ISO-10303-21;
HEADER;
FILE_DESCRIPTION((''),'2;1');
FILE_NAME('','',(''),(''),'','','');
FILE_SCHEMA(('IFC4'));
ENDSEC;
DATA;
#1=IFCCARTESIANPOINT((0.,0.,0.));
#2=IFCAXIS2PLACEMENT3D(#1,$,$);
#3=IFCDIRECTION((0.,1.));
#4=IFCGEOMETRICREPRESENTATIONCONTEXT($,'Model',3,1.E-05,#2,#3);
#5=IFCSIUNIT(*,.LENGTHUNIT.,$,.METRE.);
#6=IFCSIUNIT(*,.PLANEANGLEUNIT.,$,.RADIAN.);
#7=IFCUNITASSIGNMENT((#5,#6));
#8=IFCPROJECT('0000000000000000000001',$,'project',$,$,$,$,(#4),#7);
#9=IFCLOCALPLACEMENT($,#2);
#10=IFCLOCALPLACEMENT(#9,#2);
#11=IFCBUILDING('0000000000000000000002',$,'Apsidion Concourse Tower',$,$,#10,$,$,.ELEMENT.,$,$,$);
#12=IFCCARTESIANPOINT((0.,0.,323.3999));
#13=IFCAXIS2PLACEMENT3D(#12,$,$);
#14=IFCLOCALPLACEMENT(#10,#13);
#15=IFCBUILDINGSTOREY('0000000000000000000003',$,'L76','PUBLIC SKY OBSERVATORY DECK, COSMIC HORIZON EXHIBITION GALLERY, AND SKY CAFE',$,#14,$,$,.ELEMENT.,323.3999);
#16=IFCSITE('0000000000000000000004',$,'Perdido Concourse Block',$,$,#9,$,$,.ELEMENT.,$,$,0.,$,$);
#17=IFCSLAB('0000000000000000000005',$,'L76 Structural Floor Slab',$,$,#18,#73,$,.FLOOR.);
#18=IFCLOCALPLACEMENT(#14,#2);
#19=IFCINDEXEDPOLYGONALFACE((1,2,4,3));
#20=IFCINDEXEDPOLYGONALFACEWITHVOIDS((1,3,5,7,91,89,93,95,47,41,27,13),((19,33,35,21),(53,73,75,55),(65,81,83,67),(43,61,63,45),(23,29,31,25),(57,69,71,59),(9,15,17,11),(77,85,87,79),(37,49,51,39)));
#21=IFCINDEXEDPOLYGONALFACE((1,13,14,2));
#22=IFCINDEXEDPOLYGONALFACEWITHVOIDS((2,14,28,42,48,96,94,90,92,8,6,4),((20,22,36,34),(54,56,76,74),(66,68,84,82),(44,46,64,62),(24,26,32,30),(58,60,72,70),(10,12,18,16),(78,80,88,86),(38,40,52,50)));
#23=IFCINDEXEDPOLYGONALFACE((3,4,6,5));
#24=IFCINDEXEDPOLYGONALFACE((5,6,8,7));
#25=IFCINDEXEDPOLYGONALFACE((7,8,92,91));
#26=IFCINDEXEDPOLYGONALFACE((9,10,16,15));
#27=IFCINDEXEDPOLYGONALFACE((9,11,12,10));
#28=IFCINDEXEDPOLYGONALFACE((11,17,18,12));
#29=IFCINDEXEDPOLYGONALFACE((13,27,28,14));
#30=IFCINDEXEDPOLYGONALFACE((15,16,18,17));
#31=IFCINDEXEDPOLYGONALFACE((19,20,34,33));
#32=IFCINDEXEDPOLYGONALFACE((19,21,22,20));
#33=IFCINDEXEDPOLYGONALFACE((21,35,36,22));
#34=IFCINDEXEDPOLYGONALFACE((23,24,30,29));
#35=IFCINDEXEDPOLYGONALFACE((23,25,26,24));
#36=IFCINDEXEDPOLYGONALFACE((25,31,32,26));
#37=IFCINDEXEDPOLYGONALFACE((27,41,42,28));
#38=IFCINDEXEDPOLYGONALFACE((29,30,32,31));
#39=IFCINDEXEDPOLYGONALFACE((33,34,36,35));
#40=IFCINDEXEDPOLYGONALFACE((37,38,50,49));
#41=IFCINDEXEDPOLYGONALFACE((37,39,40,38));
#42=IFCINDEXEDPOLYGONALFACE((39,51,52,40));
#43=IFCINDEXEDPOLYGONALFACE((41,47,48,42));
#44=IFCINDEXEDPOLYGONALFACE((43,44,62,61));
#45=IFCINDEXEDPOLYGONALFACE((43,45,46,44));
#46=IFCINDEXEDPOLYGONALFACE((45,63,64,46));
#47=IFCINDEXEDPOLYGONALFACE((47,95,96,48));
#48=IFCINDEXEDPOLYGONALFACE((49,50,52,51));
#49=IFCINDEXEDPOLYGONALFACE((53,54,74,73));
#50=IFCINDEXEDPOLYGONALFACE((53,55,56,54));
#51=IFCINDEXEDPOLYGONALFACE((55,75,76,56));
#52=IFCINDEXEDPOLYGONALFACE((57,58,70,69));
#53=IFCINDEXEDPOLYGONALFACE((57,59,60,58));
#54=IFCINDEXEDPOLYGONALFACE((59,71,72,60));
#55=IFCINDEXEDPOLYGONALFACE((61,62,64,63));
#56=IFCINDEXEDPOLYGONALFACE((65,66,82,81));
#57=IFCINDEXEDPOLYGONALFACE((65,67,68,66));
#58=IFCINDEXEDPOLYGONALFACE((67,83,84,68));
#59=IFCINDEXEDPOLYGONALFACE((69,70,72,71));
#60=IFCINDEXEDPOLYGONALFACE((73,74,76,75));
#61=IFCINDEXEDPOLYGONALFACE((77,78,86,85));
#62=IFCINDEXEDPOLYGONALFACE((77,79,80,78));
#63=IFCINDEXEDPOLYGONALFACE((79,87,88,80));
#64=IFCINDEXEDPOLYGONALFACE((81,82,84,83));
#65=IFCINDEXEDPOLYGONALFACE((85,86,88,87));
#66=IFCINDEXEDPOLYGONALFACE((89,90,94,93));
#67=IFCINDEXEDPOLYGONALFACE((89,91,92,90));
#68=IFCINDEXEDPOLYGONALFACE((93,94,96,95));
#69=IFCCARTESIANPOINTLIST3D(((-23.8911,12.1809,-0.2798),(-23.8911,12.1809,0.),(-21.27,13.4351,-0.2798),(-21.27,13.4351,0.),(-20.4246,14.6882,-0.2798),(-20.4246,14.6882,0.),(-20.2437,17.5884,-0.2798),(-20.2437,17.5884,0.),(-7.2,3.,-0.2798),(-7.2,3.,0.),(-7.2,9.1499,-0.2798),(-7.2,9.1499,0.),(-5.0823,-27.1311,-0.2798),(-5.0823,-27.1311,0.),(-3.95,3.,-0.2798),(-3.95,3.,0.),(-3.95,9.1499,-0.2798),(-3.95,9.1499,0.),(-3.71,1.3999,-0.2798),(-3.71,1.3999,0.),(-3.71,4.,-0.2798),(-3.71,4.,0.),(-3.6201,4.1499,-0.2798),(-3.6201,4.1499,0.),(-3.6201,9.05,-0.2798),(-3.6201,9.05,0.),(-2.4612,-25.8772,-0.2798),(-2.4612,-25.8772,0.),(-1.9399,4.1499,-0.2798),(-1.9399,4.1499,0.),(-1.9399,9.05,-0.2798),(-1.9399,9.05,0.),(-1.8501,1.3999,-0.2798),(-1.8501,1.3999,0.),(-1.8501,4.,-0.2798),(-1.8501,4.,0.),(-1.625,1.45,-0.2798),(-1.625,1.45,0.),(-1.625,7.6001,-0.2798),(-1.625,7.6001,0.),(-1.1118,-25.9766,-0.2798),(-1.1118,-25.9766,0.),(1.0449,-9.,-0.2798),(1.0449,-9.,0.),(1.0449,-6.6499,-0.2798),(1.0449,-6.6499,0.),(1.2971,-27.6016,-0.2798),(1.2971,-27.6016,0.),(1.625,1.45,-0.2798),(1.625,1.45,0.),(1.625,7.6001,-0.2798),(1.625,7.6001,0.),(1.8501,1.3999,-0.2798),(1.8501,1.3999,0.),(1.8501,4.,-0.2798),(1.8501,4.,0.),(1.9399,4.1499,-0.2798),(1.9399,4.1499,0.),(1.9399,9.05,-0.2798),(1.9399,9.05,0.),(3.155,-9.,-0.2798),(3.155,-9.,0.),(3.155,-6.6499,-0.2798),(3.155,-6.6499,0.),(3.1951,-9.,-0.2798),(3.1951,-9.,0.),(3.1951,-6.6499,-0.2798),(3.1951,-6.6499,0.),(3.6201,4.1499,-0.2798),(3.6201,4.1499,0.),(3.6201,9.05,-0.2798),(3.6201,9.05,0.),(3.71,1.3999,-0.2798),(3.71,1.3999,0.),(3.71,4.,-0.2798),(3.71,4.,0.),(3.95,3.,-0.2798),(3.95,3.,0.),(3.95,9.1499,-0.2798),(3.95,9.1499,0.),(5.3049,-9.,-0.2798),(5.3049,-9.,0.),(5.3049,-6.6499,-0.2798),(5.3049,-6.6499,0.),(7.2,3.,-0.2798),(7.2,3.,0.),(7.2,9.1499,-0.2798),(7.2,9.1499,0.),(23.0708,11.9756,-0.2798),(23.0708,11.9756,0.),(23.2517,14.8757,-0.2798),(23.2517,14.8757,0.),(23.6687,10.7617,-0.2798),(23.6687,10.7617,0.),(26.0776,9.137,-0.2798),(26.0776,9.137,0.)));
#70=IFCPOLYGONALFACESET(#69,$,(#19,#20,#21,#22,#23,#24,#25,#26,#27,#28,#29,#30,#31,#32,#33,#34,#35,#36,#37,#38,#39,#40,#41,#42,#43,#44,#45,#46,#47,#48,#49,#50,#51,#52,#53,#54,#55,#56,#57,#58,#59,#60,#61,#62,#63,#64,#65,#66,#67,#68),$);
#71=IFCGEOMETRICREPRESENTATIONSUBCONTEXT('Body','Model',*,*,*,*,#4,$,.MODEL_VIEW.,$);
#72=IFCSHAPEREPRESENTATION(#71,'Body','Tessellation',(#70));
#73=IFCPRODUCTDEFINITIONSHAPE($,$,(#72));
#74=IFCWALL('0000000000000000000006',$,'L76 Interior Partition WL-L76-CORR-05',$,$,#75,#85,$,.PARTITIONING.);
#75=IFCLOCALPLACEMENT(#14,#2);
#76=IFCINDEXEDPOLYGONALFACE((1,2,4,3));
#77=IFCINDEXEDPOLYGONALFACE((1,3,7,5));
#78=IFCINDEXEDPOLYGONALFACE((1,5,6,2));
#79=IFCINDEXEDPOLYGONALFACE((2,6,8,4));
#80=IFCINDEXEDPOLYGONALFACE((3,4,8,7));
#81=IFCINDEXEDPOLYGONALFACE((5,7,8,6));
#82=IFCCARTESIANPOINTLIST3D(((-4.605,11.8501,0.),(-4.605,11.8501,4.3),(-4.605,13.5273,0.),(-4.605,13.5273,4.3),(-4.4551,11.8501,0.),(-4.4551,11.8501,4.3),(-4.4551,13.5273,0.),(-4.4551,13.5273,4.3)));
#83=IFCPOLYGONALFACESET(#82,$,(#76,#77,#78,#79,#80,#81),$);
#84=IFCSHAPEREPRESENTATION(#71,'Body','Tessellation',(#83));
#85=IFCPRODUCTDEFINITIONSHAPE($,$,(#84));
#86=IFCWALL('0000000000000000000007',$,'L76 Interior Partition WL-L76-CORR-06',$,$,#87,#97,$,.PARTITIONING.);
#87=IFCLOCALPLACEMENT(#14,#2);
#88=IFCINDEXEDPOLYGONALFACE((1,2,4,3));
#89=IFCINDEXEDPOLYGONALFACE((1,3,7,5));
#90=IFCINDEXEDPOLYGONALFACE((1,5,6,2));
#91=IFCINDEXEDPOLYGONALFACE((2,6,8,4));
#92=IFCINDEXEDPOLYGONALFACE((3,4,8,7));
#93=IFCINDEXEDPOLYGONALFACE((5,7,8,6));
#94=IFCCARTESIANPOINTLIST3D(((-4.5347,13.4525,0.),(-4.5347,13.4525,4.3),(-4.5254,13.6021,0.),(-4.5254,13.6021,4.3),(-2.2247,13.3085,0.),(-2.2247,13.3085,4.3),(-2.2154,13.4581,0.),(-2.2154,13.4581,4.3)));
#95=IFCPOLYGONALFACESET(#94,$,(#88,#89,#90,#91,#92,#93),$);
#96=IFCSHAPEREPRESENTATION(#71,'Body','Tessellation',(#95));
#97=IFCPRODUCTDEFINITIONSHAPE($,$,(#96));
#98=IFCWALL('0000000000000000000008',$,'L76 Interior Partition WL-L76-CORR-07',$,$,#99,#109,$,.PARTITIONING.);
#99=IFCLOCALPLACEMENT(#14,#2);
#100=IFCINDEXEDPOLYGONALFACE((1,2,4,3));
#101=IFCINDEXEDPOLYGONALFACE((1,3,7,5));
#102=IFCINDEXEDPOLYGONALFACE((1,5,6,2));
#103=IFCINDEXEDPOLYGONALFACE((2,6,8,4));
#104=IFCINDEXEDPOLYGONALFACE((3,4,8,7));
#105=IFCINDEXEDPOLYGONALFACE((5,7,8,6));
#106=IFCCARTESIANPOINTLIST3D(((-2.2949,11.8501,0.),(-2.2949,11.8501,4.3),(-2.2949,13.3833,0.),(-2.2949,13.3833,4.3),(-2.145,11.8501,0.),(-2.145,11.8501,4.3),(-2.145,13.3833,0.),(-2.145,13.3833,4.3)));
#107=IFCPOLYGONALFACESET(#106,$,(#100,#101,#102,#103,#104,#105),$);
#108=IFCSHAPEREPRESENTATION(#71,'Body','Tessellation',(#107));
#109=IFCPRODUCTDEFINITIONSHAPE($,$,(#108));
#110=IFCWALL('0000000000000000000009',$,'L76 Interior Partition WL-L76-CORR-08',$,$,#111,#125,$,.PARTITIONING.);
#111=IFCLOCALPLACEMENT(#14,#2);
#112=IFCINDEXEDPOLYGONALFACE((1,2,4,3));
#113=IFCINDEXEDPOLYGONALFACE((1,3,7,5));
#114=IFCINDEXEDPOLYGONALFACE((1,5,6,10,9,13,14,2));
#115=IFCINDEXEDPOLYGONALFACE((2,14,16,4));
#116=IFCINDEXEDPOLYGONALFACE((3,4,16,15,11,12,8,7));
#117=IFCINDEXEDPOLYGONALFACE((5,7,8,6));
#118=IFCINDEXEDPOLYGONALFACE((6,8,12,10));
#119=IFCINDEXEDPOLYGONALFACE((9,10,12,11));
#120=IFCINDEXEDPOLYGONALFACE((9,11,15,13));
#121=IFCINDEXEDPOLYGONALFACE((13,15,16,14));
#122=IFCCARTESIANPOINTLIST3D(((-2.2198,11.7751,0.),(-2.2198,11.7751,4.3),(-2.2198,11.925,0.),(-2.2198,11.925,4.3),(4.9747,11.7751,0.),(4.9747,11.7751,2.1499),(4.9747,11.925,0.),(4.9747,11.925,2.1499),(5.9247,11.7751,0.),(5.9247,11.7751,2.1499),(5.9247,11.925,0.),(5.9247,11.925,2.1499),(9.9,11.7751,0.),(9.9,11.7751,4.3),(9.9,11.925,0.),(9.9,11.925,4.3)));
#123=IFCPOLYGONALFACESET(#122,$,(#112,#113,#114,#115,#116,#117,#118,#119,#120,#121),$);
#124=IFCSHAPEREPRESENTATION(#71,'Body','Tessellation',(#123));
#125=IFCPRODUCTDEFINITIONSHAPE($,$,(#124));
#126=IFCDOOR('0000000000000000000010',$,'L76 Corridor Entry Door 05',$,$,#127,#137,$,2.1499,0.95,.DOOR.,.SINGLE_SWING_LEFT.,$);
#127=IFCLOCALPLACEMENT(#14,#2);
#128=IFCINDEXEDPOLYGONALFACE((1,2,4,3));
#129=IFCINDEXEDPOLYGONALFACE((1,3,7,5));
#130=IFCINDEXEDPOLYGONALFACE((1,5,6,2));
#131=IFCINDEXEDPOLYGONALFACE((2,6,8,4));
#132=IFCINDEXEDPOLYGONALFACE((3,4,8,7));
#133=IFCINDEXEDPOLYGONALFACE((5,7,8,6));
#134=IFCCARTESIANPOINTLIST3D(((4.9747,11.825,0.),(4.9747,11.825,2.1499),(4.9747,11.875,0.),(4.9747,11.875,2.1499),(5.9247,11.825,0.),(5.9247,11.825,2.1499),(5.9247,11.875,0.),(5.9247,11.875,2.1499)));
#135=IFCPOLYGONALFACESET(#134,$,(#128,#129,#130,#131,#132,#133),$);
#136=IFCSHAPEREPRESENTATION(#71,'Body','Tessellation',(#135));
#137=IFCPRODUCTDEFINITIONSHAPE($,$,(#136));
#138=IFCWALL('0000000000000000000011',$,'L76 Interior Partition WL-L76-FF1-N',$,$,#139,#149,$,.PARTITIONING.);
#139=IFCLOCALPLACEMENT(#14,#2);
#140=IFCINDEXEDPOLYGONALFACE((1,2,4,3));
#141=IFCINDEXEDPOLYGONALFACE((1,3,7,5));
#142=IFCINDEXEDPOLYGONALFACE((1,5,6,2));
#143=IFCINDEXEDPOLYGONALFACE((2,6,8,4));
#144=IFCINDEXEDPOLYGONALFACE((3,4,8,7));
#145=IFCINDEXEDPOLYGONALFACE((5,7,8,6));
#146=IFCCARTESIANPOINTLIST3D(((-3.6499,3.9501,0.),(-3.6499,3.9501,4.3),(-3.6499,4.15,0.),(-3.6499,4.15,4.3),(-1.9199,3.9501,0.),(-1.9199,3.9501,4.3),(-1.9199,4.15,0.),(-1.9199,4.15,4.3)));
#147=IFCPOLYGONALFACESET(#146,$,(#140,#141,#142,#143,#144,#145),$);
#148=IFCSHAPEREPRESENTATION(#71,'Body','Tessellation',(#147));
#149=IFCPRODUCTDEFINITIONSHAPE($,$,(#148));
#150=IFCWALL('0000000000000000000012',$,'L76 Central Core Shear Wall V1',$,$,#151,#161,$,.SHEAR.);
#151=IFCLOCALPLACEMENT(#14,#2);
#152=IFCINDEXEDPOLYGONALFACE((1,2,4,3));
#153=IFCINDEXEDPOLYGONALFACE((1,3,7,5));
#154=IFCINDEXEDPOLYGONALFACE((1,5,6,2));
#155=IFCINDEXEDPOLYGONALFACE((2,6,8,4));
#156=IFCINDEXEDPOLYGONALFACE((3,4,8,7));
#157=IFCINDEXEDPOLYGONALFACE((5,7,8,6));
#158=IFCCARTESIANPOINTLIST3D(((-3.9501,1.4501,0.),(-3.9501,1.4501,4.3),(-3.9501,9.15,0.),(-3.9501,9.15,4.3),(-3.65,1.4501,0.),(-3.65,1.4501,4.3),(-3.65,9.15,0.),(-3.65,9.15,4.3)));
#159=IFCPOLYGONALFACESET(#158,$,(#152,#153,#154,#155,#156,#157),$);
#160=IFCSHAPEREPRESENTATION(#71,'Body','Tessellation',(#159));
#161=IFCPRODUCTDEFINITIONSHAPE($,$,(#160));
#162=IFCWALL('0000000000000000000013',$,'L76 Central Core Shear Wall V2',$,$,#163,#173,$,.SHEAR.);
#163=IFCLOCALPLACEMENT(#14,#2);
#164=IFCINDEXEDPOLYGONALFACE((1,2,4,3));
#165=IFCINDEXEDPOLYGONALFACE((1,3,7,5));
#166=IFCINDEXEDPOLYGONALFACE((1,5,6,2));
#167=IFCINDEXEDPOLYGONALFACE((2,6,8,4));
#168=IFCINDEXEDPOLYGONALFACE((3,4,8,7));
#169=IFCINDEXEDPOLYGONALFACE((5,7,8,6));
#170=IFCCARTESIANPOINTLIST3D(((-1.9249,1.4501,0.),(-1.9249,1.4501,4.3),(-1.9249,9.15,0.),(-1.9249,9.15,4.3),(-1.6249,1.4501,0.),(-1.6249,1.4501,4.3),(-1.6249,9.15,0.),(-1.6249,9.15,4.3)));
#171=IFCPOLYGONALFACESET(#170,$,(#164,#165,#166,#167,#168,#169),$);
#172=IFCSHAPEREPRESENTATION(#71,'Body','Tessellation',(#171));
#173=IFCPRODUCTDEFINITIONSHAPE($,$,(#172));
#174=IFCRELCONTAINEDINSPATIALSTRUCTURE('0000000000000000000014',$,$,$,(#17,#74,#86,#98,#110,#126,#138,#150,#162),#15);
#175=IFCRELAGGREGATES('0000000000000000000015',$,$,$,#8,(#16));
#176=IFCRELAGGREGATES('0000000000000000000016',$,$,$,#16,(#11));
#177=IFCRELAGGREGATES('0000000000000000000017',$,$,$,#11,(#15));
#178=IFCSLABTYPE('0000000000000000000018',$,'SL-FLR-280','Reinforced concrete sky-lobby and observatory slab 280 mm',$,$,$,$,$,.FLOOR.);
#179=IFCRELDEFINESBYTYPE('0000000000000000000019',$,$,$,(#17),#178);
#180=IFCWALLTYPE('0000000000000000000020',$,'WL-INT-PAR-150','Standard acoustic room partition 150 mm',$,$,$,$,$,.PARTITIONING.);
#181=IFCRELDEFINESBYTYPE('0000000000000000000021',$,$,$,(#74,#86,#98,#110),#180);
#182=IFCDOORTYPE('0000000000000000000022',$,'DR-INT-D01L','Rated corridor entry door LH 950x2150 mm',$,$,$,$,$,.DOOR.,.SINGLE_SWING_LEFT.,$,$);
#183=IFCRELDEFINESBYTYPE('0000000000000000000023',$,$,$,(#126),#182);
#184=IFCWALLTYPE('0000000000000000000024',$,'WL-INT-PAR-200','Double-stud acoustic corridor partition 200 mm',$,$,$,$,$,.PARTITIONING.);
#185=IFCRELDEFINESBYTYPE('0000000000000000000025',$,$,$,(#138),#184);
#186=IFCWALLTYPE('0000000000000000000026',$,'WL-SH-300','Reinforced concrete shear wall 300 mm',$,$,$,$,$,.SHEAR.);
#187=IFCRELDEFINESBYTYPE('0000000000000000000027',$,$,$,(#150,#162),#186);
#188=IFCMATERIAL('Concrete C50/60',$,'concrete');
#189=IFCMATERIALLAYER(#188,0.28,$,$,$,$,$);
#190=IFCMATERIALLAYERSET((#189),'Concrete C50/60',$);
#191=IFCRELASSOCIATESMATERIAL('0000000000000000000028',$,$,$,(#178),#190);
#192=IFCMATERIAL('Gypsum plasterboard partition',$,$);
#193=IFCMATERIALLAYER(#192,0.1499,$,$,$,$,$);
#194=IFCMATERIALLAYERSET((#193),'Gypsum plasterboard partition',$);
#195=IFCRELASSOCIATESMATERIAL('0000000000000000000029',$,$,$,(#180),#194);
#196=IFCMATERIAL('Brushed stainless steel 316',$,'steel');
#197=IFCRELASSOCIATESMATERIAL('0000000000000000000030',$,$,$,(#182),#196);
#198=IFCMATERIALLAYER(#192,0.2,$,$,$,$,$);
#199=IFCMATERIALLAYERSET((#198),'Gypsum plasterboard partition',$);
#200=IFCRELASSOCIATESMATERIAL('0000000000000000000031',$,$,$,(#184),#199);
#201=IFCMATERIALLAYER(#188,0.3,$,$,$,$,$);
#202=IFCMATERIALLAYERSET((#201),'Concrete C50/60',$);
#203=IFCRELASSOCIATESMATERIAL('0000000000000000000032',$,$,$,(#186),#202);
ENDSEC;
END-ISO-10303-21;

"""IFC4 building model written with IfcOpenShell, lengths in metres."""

from ifc_helpers import new_model, si_unit, direction, frame, frame_2d, origin, place, context, subcontext, project, spatial, polyline, rectangle, outline, extrude, material, layer, layer_set, type_object, element, fill, save


model = new_model("IFC4")

# Units and contexts
model_context = context("Model", 3, precision=1e-05, world=origin(), true_north=direction((0.0, 1.0)))
body_context = subcontext(model_context, "Body", "Model", "MODEL_VIEW")
ifc_project = project(units=[si_unit("LENGTHUNIT", "METRE"), si_unit("PLANEANGLEUNIT", "RADIAN")], contexts=[model_context])

# Site, building, storey
site_placement = place(None, origin())
site = spatial("IfcSite", under=ifc_project, at=site_placement, Name="Perdido Concourse Block", CompositionType="ELEMENT", RefElevation=0.0)
building_placement = place(site_placement, origin())
building = spatial("IfcBuilding", under=site, at=building_placement, Name="Apsidion Concourse Tower", CompositionType="ELEMENT")
storey_placement = place(building_placement, frame((0.0, 0.0, 323.3999)))
storey = spatial("IfcBuildingStorey", under=building, at=storey_placement, Name="L76", Description="PUBLIC SKY OBSERVATORY DECK, COSMIC HORIZON EXHIBITION GALLERY, AND SKY CAFE", CompositionType="ELEMENT", Elevation=323.3999)

# Shared definitions
ifc_material_1 = material(Name="Concrete C50/60", Category="concrete")

# Slab
ifc_layer_1 = layer(ifc_material_1, 0.28)
ifc_layer_set_1 = layer_set([ifc_layer_1], Name="Concrete C50/60")
slab_type = type_object("IfcSlabType", Name="SL-FLR-280", Description="Reinforced concrete sky-lobby and observatory slab 280 mm", PredefinedType="FLOOR", material=ifc_layer_set_1)
slab_placement = place(storey_placement, frame((0.0, 0.0, -0.2798)))
element("IfcSlab", 1, at=slab_placement, inside=storey, type_object=slab_type, Name="L76 Structural Floor Slab", PredefinedType="FLOOR", context=body_context, shape_type="SweptSolid", body=[
    extrude(outline(polyline([(-20.2437, 17.5884), (-20.4246, 14.6882), (-21.27, 13.4351), (-23.8911, 12.1809), (-5.0823, -27.1311), (-2.4612, -25.8772), (-1.1118, -25.9766), (1.2971, -27.6016), (26.0776, 9.137), (23.6687, 10.7617), (23.0708, 11.9756), (23.2517, 14.8757), (-20.2437, 17.5884)]), holes=[polyline([(-3.95, 3.0), (-3.95, 9.1499), (-7.2, 9.1499), (-7.2, 3.0), (-3.95, 3.0)]), polyline([(7.2, 3.0), (7.2, 9.1499), (3.95, 9.1499), (3.95, 3.0), (7.2, 3.0)]), polyline([(-1.625, 7.6001), (-1.625, 1.45), (1.625, 1.45), (1.625, 7.6001), (-1.625, 7.6001)]), polyline([(1.0449, -9.0), (3.155, -9.0), (3.155, -6.6499), (1.0449, -6.6499), (1.0449, -9.0)]), polyline([(3.1951, -9.0), (5.3049, -9.0), (5.3049, -6.6499), (3.1951, -6.6499), (3.1951, -9.0)]), polyline([(-3.71, 1.3999), (-1.8501, 1.3999), (-1.8501, 4.0), (-3.71, 4.0), (-3.71, 1.3999)]), polyline([(1.8501, 1.3999), (3.71, 1.3999), (3.71, 4.0), (1.8501, 4.0), (1.8501, 1.3999)]), polyline([(-3.6201, 4.1499), (-1.9399, 4.1499), (-1.9399, 9.05), (-3.6201, 9.05), (-3.6201, 4.1499)]), polyline([(1.9399, 4.1499), (3.6201, 4.1499), (3.6201, 9.05), (1.9399, 9.05), (1.9399, 4.1499)])]), origin(), (0.0, 0.0, 1.0), 0.2798),
])

# Walls
ifc_material_2 = material(Name="Gypsum plasterboard partition")
ifc_layer_2 = layer(ifc_material_2, 0.1499)
ifc_layer_set_2 = layer_set([ifc_layer_2], Name="Gypsum plasterboard partition")
wall_type_1 = type_object("IfcWallType", Name="WL-INT-PAR-150", Description="Standard acoustic room partition 150 mm", PredefinedType="PARTITIONING", material=ifc_layer_set_2)
wall_1_placement = place(storey_placement, frame((-4.53, 11.8501, 0.0), z_axis=(0.0, 0.0, 1.0), x_axis=(0.0, 1.0, 0.0)))
element("IfcWall", 2, at=wall_1_placement, inside=storey, type_object=wall_type_1, Name="L76 Interior Partition WL-L76-CORR-05", PredefinedType="PARTITIONING", context=body_context, shape_type="SweptSolid", body=[
    extrude(rectangle(XDim=1.6772, YDim=0.1499, at=frame_2d((0.8386, 0.0))), origin(), (0.0, 0.0, 1.0), 4.3),
])
wall_2_placement = place(storey_placement, frame((-4.53, 13.5273, 0.0), z_axis=(0.0, 0.0, 1.0), x_axis=(0.998062, -0.062234, 0.0)))
element("IfcWall", 3, at=wall_2_placement, inside=storey, type_object=wall_type_1, Name="L76 Interior Partition WL-L76-CORR-06", PredefinedType="PARTITIONING", context=body_context, shape_type="SweptSolid", body=[
    extrude(rectangle(XDim=2.3145, YDim=0.1499, at=frame_2d((1.1572, 0.0))), origin(), (0.0, 0.0, 1.0), 4.3),
])
wall_3_placement = place(storey_placement, frame((-2.22, 13.3833, 0.0), z_axis=(0.0, 0.0, 1.0), x_axis=(0.0, -1.0, 0.0)))
element("IfcWall", 4, at=wall_3_placement, inside=storey, type_object=wall_type_1, Name="L76 Interior Partition WL-L76-CORR-07", PredefinedType="PARTITIONING", context=body_context, shape_type="SweptSolid", body=[
    extrude(rectangle(XDim=1.5332, YDim=0.1499, at=frame_2d((0.7666, 0.0))), origin(), (0.0, 0.0, 1.0), 4.3),
])

# Wall, opening, door
wall_4_placement = place(storey_placement, frame((-2.22, 11.8501, 0.0), z_axis=(0.0, 0.0, 1.0), x_axis=(1.0, 0.0, 0.0)))
wall_4 = element("IfcWall", 5, at=wall_4_placement, inside=storey, type_object=wall_type_1, Name="L76 Interior Partition WL-L76-CORR-08", PredefinedType="PARTITIONING", context=body_context, shape_type="SweptSolid", body=[
    extrude(rectangle(XDim=12.1199, YDim=0.1499, at=frame_2d((6.0601, 0.0))), origin(), (0.0, 0.0, 1.0), 4.3),
])
opening_placement = place(wall_4_placement, frame((7.1946, 0.0, 0.0)))
opening = element("IfcOpeningElement", 6, at=opening_placement, cuts=wall_4, PredefinedType="OPENING", context=body_context, shape_type="SweptSolid", body=[
    extrude(rectangle(XDim=0.95, YDim=2.1499, at=frame_2d((0.4751, 1.075))), frame((0.0, 0.085, 0.0), z_axis=(0.0, -1.0, 0.0), x_axis=(1.0, 0.0, 0.0)), (0.0, 0.0, 1.0), 0.1699),
])
ifc_material_3 = material(Name="Brushed stainless steel 316", Category="steel")
door_type = type_object("IfcDoorType", Name="DR-INT-D01L", Description="Rated corridor entry door LH 950x2150 mm", OperationType="SINGLE_SWING_LEFT", PredefinedType="DOOR", material=ifc_material_3)
door_placement = place(opening_placement, origin())
door = element("IfcDoor", 7, at=door_placement, inside=storey, type_object=door_type, Name="L76 Corridor Entry Door 05", OperationType="SINGLE_SWING_LEFT", OverallHeight=2.1499, OverallWidth=0.95, PredefinedType="DOOR", context=body_context, shape_type="SweptSolid", body=[
    extrude(rectangle(XDim=0.95, YDim=2.1499, at=frame_2d((0.4751, 1.075))), frame((0.0, 0.0249, 0.0), z_axis=(0.0, -1.0, 0.0), x_axis=(1.0, 0.0, 0.0)), (0.0, 0.0, 1.0), 0.05),
])
fill(opening, door)

# Walls
ifc_layer_3 = layer(ifc_material_2, 0.2)
ifc_layer_set_3 = layer_set([ifc_layer_3], Name="Gypsum plasterboard partition")
wall_type_2 = type_object("IfcWallType", Name="WL-INT-PAR-200", Description="Double-stud acoustic corridor partition 200 mm", PredefinedType="PARTITIONING", material=ifc_layer_set_3)
wall_5_placement = place(storey_placement, frame((-3.6499, 4.05, 0.0), z_axis=(0.0, 0.0, 1.0), x_axis=(1.0, 0.0, 0.0)))
element("IfcWall", 8, at=wall_5_placement, inside=storey, type_object=wall_type_2, Name="L76 Interior Partition WL-L76-FF1-N", PredefinedType="PARTITIONING", context=body_context, shape_type="SweptSolid", body=[
    extrude(rectangle(XDim=1.73, YDim=0.2, at=frame_2d((0.865, 0.0))), origin(), (0.0, 0.0, 1.0), 4.3),
])
ifc_layer_4 = layer(ifc_material_1, 0.3)
ifc_layer_set_4 = layer_set([ifc_layer_4], Name="Concrete C50/60")
wall_type_3 = type_object("IfcWallType", Name="WL-SH-300", Description="Reinforced concrete shear wall 300 mm", PredefinedType="SHEAR", material=ifc_layer_set_4)
for number, where, z_axis, x_axis, name in (
    (9, (-3.8, 1.45, 0.0), (0.0, 0.0, 1.0), (0.0, 1.0, 0.0), "L76 Central Core Shear Wall V1"),
    (10, (-1.7749, 1.45, 0.0), (0.0, 0.0, 1.0), (0.0, 1.0, 0.0), "L76 Central Core Shear Wall V2"),
):
    element("IfcWall", number, at=place(storey_placement, frame(where, z_axis=z_axis, x_axis=x_axis)), inside=storey, type_object=wall_type_3, Name=name, PredefinedType="SHEAR", context=body_context, shape_type="SweptSolid", body=[
        extrude(rectangle(XDim=7.7, YDim=0.3, at=frame_2d((3.8501, 0.0))), origin(), (0.0, 0.0, 1.0), 4.3),
    ])

save(model, "model.ifc")
